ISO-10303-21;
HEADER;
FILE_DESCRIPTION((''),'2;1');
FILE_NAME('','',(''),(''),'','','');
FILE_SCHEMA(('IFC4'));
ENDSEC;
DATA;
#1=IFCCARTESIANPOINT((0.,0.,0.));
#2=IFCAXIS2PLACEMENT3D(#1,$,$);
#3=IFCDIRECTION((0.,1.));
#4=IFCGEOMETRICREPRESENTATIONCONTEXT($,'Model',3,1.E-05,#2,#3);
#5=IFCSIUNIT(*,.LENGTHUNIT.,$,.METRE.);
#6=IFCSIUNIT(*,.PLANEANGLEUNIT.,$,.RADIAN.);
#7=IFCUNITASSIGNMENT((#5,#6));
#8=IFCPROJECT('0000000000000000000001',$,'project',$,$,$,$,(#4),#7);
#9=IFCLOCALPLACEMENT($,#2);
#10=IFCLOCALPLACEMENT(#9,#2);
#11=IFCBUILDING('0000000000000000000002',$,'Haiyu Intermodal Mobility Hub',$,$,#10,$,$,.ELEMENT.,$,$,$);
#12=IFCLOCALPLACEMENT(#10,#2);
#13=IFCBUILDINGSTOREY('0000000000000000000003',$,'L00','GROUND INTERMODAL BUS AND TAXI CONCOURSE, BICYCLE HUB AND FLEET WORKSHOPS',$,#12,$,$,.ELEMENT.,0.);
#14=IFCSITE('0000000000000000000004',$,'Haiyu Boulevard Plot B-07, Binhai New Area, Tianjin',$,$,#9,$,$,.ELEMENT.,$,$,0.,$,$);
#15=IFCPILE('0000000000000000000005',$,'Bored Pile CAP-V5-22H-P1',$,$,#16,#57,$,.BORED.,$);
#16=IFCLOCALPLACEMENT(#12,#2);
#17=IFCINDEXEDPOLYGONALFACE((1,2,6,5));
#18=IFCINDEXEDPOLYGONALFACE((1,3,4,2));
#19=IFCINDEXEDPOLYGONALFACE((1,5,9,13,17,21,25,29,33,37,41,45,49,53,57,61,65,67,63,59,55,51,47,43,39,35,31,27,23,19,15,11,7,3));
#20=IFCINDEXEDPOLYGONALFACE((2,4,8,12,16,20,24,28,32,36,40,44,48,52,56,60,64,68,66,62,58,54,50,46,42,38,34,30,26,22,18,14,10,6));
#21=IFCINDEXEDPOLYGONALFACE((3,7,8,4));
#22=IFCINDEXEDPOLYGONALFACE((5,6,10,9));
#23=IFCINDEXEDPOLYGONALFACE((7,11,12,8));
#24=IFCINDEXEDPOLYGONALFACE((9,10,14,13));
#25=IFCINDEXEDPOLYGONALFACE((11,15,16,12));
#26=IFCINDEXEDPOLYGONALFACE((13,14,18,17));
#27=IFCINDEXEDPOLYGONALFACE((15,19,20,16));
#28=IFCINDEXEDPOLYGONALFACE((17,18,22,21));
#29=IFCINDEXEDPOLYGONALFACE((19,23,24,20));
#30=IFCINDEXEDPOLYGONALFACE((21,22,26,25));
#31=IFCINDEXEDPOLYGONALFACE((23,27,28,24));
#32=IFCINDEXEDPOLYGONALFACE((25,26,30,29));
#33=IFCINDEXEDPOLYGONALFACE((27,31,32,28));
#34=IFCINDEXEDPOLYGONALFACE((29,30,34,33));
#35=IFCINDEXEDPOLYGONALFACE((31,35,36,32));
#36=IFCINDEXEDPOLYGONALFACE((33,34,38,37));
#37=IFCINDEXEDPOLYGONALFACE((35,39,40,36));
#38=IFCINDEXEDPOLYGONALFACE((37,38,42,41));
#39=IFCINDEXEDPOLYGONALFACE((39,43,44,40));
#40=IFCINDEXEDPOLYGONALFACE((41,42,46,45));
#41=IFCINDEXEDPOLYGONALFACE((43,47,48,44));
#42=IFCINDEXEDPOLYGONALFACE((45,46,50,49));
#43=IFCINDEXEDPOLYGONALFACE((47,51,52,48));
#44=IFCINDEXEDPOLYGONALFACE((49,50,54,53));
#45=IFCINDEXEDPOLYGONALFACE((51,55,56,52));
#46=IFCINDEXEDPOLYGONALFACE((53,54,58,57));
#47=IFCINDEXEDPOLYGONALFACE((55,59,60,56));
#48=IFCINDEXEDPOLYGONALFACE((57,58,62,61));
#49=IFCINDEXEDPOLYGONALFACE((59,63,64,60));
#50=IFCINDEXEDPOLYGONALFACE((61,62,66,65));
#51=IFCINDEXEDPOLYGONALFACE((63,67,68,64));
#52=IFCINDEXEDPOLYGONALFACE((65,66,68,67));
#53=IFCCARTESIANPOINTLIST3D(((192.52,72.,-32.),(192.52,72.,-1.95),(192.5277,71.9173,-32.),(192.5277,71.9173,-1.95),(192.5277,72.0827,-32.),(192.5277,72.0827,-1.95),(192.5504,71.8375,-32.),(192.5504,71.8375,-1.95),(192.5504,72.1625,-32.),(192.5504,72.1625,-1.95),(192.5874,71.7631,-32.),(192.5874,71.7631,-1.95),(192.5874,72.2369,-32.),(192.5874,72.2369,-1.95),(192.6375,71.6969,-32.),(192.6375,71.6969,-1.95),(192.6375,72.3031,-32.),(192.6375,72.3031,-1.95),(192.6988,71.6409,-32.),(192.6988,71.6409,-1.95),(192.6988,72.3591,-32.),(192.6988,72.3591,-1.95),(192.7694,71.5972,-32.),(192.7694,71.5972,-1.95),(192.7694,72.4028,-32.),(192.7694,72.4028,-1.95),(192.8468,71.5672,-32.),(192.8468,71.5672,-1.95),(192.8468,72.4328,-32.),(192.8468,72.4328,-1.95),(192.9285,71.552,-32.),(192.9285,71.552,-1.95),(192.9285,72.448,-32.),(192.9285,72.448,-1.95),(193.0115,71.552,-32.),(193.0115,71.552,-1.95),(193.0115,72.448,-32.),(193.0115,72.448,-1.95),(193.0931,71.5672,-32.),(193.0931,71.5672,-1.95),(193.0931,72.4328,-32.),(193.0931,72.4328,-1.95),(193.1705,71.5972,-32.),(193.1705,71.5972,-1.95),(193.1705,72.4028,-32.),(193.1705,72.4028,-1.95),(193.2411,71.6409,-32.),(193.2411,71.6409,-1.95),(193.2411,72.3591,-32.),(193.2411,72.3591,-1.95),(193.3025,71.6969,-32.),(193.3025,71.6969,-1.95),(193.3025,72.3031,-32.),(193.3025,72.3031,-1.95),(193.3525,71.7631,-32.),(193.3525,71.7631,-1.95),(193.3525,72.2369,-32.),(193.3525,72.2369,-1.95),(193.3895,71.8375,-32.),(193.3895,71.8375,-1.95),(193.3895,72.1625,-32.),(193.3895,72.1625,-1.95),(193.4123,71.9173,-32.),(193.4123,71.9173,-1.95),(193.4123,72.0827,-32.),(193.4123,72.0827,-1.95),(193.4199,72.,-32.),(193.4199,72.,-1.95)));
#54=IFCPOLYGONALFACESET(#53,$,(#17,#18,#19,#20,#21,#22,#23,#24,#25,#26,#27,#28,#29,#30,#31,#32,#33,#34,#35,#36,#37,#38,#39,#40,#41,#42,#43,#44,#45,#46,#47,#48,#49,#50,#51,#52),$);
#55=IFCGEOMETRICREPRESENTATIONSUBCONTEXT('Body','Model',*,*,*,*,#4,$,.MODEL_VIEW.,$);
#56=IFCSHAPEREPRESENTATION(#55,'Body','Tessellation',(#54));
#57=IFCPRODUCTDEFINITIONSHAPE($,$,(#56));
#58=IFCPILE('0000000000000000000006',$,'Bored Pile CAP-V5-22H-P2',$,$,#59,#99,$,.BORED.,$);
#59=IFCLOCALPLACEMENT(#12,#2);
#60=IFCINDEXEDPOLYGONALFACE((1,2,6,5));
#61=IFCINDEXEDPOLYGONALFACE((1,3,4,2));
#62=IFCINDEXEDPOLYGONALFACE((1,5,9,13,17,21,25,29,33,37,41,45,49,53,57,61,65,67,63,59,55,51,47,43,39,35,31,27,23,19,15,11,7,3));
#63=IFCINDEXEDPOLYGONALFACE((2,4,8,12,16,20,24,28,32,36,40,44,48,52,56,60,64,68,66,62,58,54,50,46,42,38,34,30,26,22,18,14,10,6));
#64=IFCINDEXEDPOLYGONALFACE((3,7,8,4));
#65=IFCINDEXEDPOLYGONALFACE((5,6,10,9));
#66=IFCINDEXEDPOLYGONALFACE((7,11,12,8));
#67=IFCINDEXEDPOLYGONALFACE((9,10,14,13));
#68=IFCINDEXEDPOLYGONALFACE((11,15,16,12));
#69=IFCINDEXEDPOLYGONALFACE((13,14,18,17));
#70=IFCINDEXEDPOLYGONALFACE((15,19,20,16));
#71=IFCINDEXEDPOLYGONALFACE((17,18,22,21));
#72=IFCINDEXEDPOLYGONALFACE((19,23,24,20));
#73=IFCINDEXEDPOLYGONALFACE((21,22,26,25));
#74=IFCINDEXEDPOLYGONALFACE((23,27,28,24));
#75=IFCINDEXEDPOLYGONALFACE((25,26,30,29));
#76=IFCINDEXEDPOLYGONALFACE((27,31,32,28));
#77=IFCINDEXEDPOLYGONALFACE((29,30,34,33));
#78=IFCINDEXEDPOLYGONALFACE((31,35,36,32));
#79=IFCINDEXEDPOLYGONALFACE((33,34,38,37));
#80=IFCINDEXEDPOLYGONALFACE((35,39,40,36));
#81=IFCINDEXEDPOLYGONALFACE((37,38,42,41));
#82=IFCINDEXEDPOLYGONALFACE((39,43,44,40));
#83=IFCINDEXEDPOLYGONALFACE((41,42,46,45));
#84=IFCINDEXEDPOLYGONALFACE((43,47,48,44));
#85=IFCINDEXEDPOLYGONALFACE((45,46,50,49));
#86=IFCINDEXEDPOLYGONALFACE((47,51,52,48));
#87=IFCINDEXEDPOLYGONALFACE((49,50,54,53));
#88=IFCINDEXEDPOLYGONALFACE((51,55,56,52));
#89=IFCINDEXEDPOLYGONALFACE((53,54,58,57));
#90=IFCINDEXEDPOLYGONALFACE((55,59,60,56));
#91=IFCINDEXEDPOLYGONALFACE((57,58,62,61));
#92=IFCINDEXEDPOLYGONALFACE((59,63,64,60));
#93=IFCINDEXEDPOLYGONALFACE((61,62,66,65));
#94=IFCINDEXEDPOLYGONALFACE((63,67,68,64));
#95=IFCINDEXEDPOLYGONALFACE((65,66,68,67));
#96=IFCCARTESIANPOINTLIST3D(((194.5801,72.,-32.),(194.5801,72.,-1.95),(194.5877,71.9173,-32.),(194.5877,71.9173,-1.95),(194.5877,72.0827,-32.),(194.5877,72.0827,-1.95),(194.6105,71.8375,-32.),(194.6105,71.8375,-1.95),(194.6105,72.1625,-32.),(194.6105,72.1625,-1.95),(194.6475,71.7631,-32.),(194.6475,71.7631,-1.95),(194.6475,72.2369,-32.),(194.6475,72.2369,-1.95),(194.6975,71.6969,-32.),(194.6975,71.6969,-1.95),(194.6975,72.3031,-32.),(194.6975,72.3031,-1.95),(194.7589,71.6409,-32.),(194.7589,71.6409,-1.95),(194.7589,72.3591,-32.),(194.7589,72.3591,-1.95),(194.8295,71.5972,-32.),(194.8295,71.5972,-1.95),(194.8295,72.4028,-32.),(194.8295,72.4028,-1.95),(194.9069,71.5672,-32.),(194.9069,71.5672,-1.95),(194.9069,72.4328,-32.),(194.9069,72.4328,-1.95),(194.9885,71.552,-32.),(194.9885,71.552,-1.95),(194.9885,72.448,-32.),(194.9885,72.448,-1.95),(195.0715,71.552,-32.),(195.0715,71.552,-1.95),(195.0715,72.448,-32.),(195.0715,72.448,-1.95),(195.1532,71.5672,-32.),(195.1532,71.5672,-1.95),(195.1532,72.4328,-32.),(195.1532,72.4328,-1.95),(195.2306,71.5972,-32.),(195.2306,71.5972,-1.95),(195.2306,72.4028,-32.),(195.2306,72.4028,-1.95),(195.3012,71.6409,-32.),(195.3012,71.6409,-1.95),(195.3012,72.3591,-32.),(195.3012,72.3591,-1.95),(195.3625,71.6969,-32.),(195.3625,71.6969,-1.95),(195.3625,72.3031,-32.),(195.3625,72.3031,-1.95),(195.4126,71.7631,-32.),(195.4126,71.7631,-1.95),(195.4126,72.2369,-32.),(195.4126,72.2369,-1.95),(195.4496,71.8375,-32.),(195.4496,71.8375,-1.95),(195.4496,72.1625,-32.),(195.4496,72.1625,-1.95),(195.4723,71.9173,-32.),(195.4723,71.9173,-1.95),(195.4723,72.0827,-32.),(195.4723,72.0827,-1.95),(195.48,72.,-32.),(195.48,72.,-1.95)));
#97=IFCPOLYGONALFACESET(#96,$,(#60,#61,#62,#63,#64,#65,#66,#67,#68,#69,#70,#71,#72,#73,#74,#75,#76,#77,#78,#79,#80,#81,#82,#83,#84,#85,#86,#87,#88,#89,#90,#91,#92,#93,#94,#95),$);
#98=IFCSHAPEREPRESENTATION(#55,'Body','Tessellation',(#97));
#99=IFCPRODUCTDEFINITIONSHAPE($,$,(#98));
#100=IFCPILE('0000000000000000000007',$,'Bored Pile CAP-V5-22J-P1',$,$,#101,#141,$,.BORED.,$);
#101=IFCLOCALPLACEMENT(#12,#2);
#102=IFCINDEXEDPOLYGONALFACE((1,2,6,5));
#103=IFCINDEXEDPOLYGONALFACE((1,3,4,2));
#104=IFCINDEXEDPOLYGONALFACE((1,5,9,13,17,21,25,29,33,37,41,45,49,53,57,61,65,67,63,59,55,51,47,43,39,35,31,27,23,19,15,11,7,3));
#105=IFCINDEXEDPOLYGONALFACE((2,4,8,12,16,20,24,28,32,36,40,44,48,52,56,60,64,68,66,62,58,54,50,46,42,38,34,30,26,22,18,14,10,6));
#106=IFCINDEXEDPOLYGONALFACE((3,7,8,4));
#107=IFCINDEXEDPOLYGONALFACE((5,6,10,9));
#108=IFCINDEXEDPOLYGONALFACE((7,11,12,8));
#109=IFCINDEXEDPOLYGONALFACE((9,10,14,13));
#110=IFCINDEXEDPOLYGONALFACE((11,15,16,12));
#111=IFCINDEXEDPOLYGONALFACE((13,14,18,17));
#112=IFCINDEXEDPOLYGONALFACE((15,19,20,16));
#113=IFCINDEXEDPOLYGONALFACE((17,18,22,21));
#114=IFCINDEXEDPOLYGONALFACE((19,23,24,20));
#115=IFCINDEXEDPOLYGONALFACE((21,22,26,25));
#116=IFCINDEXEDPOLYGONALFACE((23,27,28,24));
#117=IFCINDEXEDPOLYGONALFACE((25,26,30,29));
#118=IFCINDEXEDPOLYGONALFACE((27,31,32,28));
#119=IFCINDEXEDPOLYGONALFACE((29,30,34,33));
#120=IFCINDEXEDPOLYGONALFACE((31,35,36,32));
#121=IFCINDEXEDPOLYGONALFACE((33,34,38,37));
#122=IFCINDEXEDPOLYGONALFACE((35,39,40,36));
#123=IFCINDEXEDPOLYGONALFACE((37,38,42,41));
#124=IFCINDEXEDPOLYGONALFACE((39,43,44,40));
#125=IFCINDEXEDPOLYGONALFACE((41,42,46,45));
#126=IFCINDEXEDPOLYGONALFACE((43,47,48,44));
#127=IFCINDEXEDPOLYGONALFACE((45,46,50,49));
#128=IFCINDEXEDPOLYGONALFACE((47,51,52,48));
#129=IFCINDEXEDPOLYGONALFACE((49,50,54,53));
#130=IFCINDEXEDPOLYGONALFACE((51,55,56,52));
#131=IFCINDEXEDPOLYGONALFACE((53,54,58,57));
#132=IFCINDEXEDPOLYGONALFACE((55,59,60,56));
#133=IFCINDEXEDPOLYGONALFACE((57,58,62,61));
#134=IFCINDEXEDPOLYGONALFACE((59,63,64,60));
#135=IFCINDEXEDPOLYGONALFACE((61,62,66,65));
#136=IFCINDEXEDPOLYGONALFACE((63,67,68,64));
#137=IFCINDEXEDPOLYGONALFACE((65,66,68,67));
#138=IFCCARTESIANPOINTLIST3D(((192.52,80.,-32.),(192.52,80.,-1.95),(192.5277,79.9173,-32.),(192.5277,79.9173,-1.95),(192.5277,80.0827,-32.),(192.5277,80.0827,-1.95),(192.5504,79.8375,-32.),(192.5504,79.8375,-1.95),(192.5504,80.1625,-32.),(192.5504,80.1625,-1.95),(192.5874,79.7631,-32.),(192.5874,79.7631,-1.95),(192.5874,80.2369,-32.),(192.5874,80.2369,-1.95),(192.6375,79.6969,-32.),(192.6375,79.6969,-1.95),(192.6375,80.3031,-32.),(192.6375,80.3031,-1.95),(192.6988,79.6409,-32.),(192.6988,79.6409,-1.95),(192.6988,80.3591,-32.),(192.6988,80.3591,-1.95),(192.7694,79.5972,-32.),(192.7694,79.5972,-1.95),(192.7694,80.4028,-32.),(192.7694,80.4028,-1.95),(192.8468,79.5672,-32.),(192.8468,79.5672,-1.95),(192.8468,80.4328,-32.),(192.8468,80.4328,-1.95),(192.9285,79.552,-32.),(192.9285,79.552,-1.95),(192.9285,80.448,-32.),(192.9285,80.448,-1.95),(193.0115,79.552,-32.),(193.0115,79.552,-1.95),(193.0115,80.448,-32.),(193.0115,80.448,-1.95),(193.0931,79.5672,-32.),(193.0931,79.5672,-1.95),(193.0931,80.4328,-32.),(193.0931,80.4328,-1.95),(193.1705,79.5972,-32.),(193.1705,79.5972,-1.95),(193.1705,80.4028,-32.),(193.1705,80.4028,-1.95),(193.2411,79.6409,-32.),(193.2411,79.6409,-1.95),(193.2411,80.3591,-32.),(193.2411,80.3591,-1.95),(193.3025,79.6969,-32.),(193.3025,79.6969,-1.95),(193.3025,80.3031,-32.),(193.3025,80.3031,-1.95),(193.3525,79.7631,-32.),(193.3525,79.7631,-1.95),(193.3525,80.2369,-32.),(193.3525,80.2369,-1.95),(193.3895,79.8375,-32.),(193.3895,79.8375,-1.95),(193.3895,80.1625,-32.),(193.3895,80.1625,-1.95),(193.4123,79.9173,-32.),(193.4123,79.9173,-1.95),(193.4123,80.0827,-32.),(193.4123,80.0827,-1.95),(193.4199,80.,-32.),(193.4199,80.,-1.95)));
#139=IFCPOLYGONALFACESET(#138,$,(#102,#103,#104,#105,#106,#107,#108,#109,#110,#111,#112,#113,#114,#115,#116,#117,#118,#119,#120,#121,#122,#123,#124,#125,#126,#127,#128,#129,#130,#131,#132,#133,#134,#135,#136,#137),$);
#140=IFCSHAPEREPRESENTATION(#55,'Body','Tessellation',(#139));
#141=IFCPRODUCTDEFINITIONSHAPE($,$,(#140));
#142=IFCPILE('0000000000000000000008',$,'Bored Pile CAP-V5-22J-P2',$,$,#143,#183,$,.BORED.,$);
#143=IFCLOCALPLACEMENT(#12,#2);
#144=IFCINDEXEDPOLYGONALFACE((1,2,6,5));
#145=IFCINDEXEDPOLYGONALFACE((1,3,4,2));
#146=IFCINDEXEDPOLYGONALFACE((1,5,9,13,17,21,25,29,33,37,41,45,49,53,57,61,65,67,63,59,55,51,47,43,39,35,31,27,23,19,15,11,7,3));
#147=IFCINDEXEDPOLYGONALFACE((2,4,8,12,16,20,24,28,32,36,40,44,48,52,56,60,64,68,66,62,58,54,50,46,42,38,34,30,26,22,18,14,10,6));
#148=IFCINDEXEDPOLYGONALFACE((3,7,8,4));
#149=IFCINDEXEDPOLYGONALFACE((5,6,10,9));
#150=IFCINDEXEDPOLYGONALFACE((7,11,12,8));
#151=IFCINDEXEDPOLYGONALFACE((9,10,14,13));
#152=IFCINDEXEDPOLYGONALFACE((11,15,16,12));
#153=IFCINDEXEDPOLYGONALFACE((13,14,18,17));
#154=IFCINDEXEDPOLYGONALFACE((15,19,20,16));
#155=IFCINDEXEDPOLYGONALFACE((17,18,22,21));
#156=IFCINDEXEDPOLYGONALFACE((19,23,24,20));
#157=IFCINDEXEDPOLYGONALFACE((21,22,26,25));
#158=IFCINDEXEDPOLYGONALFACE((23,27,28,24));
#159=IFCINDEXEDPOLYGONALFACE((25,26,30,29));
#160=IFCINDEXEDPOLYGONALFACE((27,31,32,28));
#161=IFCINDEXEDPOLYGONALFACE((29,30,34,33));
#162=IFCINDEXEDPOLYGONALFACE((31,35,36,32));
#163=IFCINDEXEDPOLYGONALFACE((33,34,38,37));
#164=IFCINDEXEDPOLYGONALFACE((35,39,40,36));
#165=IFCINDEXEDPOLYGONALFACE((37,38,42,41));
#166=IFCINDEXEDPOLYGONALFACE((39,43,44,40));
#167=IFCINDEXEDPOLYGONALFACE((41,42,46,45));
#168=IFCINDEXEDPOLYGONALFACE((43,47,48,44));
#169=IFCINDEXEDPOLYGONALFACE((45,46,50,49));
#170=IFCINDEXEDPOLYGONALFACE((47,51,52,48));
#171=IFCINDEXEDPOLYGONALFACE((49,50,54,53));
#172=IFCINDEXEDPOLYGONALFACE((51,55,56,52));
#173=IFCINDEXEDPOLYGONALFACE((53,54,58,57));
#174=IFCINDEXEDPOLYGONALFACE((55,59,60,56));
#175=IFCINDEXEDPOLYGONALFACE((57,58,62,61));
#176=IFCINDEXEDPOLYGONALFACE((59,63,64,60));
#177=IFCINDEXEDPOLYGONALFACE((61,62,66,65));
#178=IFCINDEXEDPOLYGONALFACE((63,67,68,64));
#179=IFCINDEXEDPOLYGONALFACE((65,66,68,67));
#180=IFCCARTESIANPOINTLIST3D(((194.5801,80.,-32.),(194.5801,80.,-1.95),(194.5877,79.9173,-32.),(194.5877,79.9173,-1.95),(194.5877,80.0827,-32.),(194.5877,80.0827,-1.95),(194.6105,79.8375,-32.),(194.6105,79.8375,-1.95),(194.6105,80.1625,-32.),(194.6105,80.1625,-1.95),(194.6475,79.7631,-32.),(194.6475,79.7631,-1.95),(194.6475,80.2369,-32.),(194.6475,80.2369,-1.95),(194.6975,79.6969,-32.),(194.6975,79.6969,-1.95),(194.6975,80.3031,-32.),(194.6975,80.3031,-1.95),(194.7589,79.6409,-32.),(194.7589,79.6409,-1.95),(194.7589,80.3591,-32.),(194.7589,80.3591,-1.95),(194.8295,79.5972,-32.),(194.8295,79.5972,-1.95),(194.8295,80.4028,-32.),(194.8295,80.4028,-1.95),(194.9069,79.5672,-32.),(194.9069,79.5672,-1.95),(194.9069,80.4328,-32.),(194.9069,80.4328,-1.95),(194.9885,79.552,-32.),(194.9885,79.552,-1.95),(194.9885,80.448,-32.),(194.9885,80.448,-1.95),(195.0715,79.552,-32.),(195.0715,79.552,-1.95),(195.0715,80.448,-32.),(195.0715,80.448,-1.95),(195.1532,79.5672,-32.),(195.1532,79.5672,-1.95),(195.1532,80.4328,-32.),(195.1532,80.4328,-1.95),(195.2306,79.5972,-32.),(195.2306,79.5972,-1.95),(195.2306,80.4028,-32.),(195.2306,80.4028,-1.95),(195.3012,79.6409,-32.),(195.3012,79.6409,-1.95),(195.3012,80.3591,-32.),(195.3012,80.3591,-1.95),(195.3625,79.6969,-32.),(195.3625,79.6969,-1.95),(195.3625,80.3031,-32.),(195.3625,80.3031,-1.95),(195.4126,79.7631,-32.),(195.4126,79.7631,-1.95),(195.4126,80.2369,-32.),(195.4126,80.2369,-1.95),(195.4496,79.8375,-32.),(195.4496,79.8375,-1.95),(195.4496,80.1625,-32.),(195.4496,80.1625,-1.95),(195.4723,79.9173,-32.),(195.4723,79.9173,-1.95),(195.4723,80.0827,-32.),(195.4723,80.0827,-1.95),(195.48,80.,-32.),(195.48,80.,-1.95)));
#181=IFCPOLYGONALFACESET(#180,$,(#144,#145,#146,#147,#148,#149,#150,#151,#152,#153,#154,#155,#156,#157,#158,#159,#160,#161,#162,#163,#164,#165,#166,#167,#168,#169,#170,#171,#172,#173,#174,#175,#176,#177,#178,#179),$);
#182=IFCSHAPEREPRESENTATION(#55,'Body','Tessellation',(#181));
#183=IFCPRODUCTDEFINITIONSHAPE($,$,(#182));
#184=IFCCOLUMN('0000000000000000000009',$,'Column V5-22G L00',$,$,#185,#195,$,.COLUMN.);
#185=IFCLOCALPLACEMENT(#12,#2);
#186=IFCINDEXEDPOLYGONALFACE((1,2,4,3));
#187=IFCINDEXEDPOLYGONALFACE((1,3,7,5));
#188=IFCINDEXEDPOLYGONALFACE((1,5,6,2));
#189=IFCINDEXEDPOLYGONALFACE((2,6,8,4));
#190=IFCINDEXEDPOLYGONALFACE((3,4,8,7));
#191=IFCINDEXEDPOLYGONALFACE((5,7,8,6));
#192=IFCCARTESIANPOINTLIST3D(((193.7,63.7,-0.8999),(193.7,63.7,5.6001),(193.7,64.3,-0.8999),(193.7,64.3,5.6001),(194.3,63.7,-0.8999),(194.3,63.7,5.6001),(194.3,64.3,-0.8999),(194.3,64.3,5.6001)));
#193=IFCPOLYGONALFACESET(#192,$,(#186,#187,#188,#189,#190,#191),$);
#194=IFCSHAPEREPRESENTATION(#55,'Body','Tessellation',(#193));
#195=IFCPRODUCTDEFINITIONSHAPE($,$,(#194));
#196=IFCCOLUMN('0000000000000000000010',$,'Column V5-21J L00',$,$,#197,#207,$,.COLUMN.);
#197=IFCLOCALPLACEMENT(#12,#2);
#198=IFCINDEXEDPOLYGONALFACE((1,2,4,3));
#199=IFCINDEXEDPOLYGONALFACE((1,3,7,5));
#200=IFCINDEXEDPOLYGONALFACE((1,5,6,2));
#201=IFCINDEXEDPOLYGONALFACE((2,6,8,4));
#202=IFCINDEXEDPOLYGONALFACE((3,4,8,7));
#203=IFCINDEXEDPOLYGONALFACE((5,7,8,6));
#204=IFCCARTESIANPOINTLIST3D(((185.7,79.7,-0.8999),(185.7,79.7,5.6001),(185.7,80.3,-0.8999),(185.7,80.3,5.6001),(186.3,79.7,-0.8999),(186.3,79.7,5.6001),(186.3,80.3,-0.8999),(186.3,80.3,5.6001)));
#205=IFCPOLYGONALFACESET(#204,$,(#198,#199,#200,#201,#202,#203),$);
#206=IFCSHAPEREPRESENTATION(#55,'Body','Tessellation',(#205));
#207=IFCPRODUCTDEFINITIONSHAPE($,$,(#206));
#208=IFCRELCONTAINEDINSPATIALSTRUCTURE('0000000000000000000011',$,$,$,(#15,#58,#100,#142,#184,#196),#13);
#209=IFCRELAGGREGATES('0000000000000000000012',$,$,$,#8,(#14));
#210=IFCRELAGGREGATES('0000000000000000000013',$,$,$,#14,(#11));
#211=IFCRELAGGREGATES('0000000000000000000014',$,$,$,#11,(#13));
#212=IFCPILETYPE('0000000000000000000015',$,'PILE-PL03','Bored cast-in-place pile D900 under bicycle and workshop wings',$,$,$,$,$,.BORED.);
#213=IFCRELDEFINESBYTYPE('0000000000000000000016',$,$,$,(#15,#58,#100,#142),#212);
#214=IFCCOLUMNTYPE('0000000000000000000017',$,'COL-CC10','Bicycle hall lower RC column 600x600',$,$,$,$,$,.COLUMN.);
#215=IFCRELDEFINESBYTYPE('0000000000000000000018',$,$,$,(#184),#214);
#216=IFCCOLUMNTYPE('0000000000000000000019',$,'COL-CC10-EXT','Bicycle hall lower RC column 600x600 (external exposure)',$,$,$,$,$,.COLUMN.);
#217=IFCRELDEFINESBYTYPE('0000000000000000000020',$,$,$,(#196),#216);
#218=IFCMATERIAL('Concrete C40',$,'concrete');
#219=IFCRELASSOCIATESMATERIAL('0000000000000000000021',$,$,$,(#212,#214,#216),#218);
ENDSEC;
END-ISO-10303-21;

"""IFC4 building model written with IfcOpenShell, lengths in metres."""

from ifc_helpers import new_model, si_unit, direction, frame, origin, origin_2d, place, context, subcontext, project, spatial, rectangle, circle, extrude, material, material_profile, profile_set, type_object, element, save


model = new_model("IFC4")

# Units and contexts
model_context = context("Model", 3, precision=1e-05, world=origin(), true_north=direction((0.0, 1.0)))
body_context = subcontext(model_context, "Body", "Model", "MODEL_VIEW")
ifc_project = project(units=[si_unit("LENGTHUNIT", "METRE"), si_unit("PLANEANGLEUNIT", "RADIAN")], contexts=[model_context])

# Site, building, storey
site_placement = place(None, origin())
site = spatial("IfcSite", under=ifc_project, at=site_placement, Name="Haiyu Boulevard Plot B-07, Binhai New Area, Tianjin", CompositionType="ELEMENT", RefElevation=0.0)
building_placement = place(site_placement, origin())
building = spatial("IfcBuilding", under=site, at=building_placement, Name="Haiyu Intermodal Mobility Hub", CompositionType="ELEMENT")
storey_placement = place(building_placement, origin())
storey = spatial("IfcBuildingStorey", under=building, at=storey_placement, Name="L00", Description="GROUND INTERMODAL BUS AND TAXI CONCOURSE, BICYCLE HUB AND FLEET WORKSHOPS", CompositionType="ELEMENT", Elevation=0.0)

# Shared definitions
ifc_material_1 = material(Name="Concrete C40", Category="concrete")

# Piles
ifc_material_profile_1 = material_profile(ifc_material_1, circle(Radius=0.45, at=origin_2d()), Name="PILE-D900")
ifc_profile_set_1 = profile_set([ifc_material_profile_1], Name="Concrete C40")
pile_type = type_object("IfcPileType", Name="PILE-PL03", Description="Bored cast-in-place pile D900 under bicycle and workshop wings", PredefinedType="BORED", material=ifc_profile_set_1)
for number, where, z_axis, x_axis, name in (
    (1, (192.97, 72.0, -1.95), (0.0, 0.0, -1.0), (1.0, 0.0, 0.0), "Bored Pile CAP-V5-22H-P1"),
    (2, (195.03, 72.0, -1.95), (0.0, 0.0, -1.0), (1.0, 0.0, 0.0), "Bored Pile CAP-V5-22H-P2"),
    (3, (192.97, 80.0, -1.95), (0.0, 0.0, -1.0), (1.0, 0.0, 0.0), "Bored Pile CAP-V5-22J-P1"),
    (4, (195.03, 80.0, -1.95), (0.0, 0.0, -1.0), (1.0, 0.0, 0.0), "Bored Pile CAP-V5-22J-P2"),
):
    element("IfcPile", number, at=place(storey_placement, frame(where, z_axis=z_axis, x_axis=x_axis)), inside=storey, type_object=pile_type, Name=name, PredefinedType="BORED", context=body_context, shape_type="SweptSolid", body=[
        extrude(circle(Radius=0.45, at=origin_2d()), origin(), (0.0, 0.0, 1.0), 30.05),
    ])

# Columns
ifc_material_profile_2 = material_profile(ifc_material_1, rectangle(XDim=0.6001, YDim=0.6001, at=origin_2d()), Name="RC600x600")
ifc_profile_set_2 = profile_set([ifc_material_profile_2], Name="Concrete C40")
column_type_1 = type_object("IfcColumnType", Name="COL-CC10", Description="Bicycle hall lower RC column 600x600", PredefinedType="COLUMN", material=ifc_profile_set_2)
column_placement = place(storey_placement, frame((194.0, 64.0, -0.8999), z_axis=(0.0, 0.0, 1.0), x_axis=(1.0, 0.0, 0.0)))
element("IfcColumn", 5, at=column_placement, inside=storey, type_object=column_type_1, Name="Column V5-22G L00", PredefinedType="COLUMN", context=body_context, shape_type="SweptSolid", body=[
    extrude(rectangle(XDim=0.6001, YDim=0.6001, at=origin_2d()), origin(), (0.0, 0.0, 1.0), 6.5),
])
ifc_material_profile_3 = material_profile(ifc_material_1, rectangle(XDim=0.6001, YDim=0.6001, at=origin_2d()), Name="RC600x600")
ifc_profile_set_3 = profile_set([ifc_material_profile_3], Name="Concrete C40")
column_type_2 = type_object("IfcColumnType", Name="COL-CC10-EXT", Description="Bicycle hall lower RC column 600x600 (external exposure)", PredefinedType="COLUMN", material=ifc_profile_set_3)
for number, where, z_axis, x_axis, name in (
    (6, (186.0, 80.0, -0.8999), (0.0, 0.0, 1.0), (1.0, 0.0, 0.0), "Column V5-21J L00"),
):
    element("IfcColumn", number, at=place(storey_placement, frame(where, z_axis=z_axis, x_axis=x_axis)), inside=storey, type_object=column_type_2, Name=name, PredefinedType="COLUMN", context=body_context, shape_type="SweptSolid", body=[
        extrude(rectangle(XDim=0.6001, YDim=0.6001, at=origin_2d()), origin(), (0.0, 0.0, 1.0), 6.5),
    ])

save(model, "model.ifc")
